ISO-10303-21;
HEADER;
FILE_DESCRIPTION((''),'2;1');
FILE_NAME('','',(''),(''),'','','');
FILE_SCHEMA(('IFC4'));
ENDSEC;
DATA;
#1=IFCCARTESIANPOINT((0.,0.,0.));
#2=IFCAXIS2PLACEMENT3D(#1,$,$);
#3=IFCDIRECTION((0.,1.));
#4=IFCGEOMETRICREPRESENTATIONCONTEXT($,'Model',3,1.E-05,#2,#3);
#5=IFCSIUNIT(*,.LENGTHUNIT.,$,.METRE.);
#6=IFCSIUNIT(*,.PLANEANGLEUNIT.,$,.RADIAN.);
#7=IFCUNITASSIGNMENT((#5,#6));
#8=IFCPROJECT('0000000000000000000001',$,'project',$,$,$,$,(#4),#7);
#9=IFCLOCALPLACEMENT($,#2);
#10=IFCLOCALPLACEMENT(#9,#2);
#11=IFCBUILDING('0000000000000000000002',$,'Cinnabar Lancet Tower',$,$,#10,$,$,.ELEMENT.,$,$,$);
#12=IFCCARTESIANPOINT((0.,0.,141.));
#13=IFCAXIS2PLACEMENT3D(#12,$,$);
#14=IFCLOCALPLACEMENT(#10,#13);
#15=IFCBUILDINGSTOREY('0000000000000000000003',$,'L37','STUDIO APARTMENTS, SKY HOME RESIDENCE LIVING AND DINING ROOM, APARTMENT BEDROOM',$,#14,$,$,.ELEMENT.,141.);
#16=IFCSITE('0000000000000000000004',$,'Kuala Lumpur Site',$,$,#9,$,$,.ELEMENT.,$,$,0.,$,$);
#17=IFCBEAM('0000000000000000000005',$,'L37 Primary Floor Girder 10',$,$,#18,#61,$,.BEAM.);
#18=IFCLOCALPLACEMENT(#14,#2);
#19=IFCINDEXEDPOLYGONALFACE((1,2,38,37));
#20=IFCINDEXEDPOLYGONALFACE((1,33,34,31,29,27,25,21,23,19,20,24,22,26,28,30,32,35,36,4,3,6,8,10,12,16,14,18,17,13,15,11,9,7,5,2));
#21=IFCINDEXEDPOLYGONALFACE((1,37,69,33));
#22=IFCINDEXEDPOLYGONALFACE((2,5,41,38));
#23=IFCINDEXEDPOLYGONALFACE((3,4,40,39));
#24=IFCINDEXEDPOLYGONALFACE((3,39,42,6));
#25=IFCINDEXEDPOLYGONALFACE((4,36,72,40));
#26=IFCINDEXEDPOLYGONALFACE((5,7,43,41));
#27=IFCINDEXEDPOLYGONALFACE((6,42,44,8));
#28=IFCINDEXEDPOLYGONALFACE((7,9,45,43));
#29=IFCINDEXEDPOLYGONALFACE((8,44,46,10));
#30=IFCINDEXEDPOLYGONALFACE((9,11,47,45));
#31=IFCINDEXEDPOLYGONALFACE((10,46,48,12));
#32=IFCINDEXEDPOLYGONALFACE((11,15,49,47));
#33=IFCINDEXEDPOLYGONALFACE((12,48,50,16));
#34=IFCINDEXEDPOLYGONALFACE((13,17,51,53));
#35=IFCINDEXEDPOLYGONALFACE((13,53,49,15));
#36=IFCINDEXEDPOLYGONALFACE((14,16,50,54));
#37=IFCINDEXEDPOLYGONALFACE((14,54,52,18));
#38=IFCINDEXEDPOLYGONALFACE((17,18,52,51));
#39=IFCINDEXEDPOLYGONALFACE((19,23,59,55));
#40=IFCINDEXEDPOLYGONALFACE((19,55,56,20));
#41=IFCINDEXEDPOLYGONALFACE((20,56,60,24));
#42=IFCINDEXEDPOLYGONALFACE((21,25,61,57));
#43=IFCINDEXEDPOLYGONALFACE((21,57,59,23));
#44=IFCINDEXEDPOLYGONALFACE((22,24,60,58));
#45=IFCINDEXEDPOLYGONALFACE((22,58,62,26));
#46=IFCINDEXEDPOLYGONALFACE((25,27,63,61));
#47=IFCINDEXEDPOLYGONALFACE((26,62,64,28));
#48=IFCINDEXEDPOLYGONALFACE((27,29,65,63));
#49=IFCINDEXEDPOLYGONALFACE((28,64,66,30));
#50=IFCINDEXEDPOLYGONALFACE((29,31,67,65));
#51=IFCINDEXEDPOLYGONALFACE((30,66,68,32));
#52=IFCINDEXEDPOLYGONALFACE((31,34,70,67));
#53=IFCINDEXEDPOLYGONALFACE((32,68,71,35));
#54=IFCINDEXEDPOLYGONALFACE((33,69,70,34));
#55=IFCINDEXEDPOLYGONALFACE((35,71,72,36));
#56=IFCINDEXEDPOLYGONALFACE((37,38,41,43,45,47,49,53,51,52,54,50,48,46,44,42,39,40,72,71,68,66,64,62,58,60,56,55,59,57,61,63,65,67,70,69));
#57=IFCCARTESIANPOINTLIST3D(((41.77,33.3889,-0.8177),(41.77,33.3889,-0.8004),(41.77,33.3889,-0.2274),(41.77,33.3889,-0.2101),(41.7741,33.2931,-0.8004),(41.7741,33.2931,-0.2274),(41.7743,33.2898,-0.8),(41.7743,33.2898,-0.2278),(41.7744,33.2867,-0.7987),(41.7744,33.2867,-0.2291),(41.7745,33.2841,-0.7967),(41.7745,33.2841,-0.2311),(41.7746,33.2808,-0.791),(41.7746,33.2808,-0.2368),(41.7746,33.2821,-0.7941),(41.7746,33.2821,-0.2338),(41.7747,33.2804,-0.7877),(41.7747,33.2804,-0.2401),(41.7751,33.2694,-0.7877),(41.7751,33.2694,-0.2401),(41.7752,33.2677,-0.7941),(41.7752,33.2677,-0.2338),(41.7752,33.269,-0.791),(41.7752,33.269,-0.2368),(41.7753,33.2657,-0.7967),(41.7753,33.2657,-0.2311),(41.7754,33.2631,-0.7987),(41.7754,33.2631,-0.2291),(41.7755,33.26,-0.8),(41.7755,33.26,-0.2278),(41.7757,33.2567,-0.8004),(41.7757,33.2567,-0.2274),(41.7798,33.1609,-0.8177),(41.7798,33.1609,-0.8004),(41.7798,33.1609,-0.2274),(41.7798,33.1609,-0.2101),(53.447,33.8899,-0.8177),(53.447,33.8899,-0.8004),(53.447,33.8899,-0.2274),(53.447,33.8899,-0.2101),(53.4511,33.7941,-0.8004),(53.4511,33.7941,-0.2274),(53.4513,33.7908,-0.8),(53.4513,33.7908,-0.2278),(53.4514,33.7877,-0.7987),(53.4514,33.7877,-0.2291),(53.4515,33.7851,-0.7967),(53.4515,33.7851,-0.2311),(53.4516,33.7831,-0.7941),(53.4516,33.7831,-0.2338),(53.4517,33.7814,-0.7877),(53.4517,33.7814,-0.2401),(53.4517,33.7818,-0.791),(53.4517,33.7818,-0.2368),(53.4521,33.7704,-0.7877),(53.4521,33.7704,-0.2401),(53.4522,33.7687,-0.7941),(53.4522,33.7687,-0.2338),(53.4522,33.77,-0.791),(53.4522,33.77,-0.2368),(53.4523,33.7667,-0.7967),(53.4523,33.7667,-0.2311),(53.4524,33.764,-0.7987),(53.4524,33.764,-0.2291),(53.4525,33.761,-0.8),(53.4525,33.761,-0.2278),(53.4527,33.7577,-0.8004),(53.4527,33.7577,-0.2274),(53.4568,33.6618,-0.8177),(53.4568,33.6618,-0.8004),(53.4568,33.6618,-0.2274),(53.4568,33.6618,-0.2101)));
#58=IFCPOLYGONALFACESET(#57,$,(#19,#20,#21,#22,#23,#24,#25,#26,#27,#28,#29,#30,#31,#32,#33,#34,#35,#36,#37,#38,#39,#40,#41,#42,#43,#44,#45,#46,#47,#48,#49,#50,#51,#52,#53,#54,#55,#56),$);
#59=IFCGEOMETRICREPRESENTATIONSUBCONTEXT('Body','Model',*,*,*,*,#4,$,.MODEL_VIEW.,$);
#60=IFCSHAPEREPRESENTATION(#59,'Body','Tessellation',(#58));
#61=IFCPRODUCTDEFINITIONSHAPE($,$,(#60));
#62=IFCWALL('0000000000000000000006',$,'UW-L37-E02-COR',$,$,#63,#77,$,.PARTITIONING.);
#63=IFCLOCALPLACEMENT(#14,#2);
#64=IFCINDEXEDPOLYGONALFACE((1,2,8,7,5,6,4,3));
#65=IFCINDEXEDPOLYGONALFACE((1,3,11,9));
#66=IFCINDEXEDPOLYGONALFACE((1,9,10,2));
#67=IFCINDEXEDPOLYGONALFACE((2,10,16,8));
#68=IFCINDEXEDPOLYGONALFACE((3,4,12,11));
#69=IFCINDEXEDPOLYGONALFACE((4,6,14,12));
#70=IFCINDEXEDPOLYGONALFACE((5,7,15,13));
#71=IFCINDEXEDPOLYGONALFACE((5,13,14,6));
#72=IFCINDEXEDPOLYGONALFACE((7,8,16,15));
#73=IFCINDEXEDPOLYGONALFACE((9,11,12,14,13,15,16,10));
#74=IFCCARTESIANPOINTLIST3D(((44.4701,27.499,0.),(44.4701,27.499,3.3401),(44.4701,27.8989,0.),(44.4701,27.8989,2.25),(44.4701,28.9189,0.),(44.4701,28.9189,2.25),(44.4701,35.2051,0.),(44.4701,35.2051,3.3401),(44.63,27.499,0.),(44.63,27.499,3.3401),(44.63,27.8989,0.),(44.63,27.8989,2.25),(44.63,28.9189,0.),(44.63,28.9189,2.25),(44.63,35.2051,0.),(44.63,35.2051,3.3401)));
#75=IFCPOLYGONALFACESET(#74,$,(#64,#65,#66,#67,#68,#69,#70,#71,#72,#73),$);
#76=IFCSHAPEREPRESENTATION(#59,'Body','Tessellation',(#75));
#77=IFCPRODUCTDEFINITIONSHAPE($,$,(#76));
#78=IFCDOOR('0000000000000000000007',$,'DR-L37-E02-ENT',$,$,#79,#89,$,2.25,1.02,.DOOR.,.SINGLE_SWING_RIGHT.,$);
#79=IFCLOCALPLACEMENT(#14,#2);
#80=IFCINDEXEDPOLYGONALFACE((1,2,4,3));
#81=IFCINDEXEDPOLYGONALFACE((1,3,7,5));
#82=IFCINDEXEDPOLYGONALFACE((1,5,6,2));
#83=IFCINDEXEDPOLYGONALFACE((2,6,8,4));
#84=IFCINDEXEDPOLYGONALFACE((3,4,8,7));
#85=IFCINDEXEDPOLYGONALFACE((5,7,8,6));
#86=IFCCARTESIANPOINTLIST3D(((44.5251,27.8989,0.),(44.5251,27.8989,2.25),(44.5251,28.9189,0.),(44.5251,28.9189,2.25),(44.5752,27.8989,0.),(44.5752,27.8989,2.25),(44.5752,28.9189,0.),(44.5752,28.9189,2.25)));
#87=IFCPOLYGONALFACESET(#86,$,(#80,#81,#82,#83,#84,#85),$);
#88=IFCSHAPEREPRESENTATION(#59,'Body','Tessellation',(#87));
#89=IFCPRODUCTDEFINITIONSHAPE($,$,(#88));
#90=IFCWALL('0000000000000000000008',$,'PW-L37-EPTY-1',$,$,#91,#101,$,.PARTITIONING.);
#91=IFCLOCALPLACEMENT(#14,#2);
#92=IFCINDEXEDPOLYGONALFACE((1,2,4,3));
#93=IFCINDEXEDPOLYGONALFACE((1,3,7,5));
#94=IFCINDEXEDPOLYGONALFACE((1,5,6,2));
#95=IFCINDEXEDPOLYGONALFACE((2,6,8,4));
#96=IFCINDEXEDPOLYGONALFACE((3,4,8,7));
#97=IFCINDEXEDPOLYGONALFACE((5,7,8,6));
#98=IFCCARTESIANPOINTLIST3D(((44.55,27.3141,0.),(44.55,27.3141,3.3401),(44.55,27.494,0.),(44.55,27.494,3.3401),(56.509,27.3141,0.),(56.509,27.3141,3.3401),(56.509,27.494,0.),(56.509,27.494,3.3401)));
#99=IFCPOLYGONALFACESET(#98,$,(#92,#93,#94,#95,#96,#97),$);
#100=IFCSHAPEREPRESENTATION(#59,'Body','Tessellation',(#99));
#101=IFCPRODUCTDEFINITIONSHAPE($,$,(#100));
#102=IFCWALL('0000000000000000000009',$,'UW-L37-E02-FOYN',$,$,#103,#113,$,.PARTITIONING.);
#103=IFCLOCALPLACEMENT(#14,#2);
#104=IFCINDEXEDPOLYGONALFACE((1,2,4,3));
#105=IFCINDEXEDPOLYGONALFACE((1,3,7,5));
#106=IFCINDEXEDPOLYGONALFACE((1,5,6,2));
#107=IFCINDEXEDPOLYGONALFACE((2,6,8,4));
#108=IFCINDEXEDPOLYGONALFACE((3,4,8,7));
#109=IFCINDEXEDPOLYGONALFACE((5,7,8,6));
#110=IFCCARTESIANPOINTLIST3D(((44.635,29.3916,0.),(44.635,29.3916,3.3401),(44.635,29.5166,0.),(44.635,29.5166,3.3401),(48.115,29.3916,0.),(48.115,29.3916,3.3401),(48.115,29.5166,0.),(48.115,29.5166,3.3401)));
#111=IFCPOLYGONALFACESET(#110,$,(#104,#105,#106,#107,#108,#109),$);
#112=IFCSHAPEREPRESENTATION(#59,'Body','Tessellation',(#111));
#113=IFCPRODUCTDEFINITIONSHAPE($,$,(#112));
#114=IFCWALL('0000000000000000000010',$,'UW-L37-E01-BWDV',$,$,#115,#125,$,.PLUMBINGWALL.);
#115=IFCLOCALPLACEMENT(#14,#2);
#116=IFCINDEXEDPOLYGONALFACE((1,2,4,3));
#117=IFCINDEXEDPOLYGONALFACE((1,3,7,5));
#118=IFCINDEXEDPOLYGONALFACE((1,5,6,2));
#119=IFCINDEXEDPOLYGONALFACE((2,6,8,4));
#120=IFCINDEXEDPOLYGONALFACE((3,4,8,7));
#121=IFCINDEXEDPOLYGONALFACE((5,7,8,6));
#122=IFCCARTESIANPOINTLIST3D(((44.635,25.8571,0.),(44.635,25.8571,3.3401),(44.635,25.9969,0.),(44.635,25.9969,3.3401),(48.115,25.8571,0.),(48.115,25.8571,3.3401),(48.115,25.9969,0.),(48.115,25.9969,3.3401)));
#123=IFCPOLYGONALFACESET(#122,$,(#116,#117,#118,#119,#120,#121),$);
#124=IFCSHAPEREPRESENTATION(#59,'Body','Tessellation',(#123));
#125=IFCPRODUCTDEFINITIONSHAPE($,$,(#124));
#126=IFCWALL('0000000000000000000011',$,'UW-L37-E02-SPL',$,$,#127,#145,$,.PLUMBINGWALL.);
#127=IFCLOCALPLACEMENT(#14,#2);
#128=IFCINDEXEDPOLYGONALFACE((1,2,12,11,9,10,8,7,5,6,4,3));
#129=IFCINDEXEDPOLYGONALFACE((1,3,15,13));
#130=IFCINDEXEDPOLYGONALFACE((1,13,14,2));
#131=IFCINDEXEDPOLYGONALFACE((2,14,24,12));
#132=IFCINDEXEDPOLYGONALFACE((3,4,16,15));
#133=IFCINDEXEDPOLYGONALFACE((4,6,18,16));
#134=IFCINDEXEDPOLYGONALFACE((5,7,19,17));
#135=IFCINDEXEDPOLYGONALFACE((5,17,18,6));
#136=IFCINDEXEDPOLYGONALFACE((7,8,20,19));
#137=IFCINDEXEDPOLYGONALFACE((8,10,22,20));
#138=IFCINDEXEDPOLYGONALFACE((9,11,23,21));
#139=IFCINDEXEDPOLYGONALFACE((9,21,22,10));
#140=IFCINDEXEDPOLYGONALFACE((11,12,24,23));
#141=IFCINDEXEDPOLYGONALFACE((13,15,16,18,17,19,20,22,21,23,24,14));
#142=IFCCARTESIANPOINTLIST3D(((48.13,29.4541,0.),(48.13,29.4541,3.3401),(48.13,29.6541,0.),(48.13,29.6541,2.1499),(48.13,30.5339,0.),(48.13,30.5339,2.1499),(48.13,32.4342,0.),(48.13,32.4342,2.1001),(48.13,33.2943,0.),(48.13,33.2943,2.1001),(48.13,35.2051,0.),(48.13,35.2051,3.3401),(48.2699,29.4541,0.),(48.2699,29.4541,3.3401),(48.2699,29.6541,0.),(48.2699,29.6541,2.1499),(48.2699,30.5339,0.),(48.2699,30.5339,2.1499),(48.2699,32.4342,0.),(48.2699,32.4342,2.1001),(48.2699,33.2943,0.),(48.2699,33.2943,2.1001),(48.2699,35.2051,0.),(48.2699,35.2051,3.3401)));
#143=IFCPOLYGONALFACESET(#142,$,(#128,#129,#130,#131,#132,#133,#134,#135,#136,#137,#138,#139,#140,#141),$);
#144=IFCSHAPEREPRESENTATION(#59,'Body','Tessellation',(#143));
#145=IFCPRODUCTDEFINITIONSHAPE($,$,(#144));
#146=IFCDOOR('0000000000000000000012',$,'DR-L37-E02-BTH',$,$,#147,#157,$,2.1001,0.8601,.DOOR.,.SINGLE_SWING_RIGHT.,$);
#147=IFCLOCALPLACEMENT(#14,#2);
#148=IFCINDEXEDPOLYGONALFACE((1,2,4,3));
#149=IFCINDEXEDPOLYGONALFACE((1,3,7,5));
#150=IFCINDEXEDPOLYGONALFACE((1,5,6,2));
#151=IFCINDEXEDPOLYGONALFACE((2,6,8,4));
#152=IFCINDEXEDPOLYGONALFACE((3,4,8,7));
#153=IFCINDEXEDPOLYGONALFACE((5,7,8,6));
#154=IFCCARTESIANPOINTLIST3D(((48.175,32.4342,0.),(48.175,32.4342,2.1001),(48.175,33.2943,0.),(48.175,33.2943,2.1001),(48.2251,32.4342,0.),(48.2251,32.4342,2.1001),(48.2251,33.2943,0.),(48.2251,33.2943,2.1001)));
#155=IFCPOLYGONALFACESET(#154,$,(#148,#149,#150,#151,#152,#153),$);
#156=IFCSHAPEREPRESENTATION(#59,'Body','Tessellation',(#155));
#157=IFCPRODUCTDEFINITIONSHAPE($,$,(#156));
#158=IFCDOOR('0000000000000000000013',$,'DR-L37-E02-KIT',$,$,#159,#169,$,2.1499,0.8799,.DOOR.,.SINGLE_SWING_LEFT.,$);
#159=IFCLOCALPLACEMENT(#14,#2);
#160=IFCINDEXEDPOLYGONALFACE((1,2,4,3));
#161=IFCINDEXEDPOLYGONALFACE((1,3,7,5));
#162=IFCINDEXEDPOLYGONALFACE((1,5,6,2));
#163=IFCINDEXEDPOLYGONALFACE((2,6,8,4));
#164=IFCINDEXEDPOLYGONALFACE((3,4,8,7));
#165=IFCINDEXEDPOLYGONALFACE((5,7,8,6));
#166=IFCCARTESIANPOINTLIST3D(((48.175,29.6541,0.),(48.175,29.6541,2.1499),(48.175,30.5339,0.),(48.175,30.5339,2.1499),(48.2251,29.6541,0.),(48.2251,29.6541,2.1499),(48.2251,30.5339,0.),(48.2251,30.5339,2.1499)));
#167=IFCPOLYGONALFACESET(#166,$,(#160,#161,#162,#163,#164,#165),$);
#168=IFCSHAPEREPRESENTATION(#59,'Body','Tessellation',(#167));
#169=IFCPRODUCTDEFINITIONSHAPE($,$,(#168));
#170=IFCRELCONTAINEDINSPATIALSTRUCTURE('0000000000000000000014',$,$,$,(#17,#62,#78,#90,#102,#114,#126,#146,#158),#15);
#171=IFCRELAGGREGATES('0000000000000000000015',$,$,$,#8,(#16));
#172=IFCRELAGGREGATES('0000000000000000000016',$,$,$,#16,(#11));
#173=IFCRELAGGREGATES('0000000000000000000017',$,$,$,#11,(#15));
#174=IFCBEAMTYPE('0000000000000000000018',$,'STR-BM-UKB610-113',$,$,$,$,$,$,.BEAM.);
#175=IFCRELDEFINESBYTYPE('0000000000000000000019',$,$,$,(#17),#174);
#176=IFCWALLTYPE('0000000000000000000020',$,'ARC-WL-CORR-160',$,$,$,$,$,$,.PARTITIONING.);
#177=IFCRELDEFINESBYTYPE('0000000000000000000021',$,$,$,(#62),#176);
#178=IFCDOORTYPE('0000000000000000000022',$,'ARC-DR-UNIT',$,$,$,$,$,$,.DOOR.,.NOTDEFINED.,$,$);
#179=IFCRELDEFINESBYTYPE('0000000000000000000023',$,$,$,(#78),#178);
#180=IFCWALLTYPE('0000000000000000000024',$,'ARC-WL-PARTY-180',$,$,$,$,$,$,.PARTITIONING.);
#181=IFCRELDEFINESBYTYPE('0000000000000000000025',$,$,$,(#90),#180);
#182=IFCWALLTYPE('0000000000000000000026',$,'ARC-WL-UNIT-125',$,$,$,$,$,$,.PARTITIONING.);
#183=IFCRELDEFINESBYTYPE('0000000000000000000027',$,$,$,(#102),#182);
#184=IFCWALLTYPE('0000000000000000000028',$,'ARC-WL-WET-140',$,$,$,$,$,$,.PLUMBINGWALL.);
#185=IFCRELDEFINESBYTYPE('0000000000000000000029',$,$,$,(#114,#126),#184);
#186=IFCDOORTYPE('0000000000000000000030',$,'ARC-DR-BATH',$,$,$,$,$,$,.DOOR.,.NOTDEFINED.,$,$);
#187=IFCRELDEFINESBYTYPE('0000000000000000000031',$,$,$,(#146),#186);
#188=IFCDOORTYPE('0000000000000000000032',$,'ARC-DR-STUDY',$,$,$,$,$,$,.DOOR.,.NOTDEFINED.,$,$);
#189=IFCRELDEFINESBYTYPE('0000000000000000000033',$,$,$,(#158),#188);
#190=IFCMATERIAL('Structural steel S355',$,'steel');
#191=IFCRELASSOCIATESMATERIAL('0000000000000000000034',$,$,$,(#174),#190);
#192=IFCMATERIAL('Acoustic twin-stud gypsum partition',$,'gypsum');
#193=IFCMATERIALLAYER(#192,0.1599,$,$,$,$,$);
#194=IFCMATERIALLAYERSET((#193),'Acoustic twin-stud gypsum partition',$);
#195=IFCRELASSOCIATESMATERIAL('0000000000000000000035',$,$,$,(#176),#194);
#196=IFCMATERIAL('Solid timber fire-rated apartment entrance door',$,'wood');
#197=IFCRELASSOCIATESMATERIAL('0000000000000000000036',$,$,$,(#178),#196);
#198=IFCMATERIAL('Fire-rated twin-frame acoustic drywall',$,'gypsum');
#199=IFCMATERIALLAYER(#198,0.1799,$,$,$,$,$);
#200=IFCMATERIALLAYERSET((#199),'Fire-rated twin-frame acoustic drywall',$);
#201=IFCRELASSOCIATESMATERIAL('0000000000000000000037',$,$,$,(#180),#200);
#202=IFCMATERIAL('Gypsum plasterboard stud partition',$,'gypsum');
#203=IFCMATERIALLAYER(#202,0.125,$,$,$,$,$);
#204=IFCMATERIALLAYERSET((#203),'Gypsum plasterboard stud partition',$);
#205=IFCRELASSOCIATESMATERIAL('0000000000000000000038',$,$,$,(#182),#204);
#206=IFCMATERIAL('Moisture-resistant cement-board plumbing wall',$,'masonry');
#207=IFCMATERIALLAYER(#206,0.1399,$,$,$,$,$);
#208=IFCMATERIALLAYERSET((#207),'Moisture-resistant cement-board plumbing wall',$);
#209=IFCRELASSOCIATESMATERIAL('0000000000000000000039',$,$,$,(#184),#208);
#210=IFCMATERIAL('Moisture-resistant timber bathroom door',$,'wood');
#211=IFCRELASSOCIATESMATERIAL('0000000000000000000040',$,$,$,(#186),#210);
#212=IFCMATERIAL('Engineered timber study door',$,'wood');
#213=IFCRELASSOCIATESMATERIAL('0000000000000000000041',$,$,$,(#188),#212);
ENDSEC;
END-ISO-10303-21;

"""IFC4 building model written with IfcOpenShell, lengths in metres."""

from ifc_helpers import new_model, si_unit, direction, frame, frame_2d, origin, origin_2d, place, context, subcontext, project, spatial, rectangle, i_section, extrude, material, layer, layer_set, material_profile, profile_set, type_object, element, fill, save


model = new_model("IFC4")

# Units and contexts
model_context = context("Model", 3, precision=1e-05, world=origin(), true_north=direction((0.0, 1.0)))
body_context = subcontext(model_context, "Body", "Model", "MODEL_VIEW")
ifc_project = project(units=[si_unit("LENGTHUNIT", "METRE"), si_unit("PLANEANGLEUNIT", "RADIAN")], contexts=[model_context])

# Site, building, storey
site_placement = place(None, origin())
site = spatial("IfcSite", under=ifc_project, at=site_placement, Name="Kuala Lumpur Site", CompositionType="ELEMENT", RefElevation=0.0)
building_placement = place(site_placement, origin())
building = spatial("IfcBuilding", under=site, at=building_placement, Name="Cinnabar Lancet Tower", CompositionType="ELEMENT")
storey_placement = place(building_placement, frame((0.0, 0.0, 141.0)))
storey = spatial("IfcBuildingStorey", under=building, at=storey_placement, Name="L37", Description="STUDIO APARTMENTS, SKY HOME RESIDENCE LIVING AND DINING ROOM, APARTMENT BEDROOM", CompositionType="ELEMENT", Elevation=141.0)

# Beam
ifc_material_1 = material(Name="Structural steel S355", Category="steel")
ifc_material_profile_1 = material_profile(ifc_material_1, i_section(OverallWidth=0.2283, OverallDepth=0.6077, WebThickness=0.011, FlangeThickness=0.0173, FilletRadius=0.0127, at=origin_2d()), Name="UKB 610x229x113")
ifc_profile_set_1 = profile_set([ifc_material_profile_1], Name="Structural steel S355")
beam_type_1 = type_object("IfcBeamType", Name="STR-BM-UKB610-113", PredefinedType="BEAM", material=ifc_profile_set_1)
beam_1_placement = place(storey_placement, frame((53.4519, 33.7759, -0.5139), z_axis=(-0.999081, -0.042863, 0.0), x_axis=(0.042863, -0.999081, 0.0)))
element("IfcBeam", 1, at=beam_1_placement, inside=storey, type_object=beam_type_1, Name="L37 Primary Floor Girder 10", PredefinedType="BEAM", context=body_context, shape_type="SweptSolid", body=[
    extrude(i_section(OverallWidth=0.2283, OverallDepth=0.6077, WebThickness=0.011, FlangeThickness=0.0173, FilletRadius=0.0127, at=origin_2d()), origin(), (0.0, 0.0, 1.0), 11.6877),
])

# Wall, opening, door
ifc_material_2 = material(Name="Acoustic twin-stud gypsum partition", Category="gypsum")
ifc_layer_1 = layer(ifc_material_2, 0.1599)
ifc_layer_set_1 = layer_set([ifc_layer_1], Name="Acoustic twin-stud gypsum partition")
wall_type_1 = type_object("IfcWallType", Name="ARC-WL-CORR-160", PredefinedType="PARTITIONING", material=ifc_layer_set_1)
wall_1_placement = place(storey_placement, frame((44.55, 27.499, 0.0), z_axis=(0.0, 0.0, 1.0), x_axis=(0.0, 1.0, 0.0)))
wall_1 = element("IfcWall", 2, at=wall_1_placement, inside=storey, type_object=wall_type_1, Name="UW-L37-E02-COR", PredefinedType="PARTITIONING", context=body_context, shape_type="SweptSolid", body=[
    extrude(rectangle(XDim=7.7061, YDim=0.1599, at=frame_2d((3.853, 0.0))), origin(), (0.0, 0.0, 1.0), 3.3401),
])
opening_1_placement = place(wall_1_placement, frame((0.3999, 0.0, 0.0)))
opening_1 = element("IfcOpeningElement", 3, at=opening_1_placement, cuts=wall_1, PredefinedType="OPENING", context=body_context, shape_type="SweptSolid", body=[
    extrude(rectangle(XDim=1.02, YDim=2.25, at=frame_2d((0.51, 1.125))), frame((0.0, 0.0898, 0.0), z_axis=(0.0, -1.0, 0.0), x_axis=(1.0, 0.0, 0.0)), (0.0, 0.0, 1.0), 0.1799),
])
ifc_material_3 = material(Name="Solid timber fire-rated apartment entrance door", Category="wood")
door_type_1 = type_object("IfcDoorType", Name="ARC-DR-UNIT", OperationType="NOTDEFINED", PredefinedType="DOOR", material=ifc_material_3)
door_1_placement = place(opening_1_placement, origin())
door_1 = element("IfcDoor", 4, at=door_1_placement, inside=storey, type_object=door_type_1, Name="DR-L37-E02-ENT", OperationType="SINGLE_SWING_RIGHT", OverallHeight=2.25, OverallWidth=1.02, PredefinedType="DOOR", context=body_context, shape_type="SweptSolid", body=[
    extrude(rectangle(XDim=1.02, YDim=2.25, at=frame_2d((0.51, 1.125))), frame((0.0, 0.0249, 0.0), z_axis=(0.0, -1.0, 0.0), x_axis=(1.0, 0.0, 0.0)), (0.0, 0.0, 1.0), 0.05),
])
fill(opening_1, door_1)

# Walls
ifc_material_4 = material(Name="Fire-rated twin-frame acoustic drywall", Category="gypsum")
ifc_layer_2 = layer(ifc_material_4, 0.1799)
ifc_layer_set_2 = layer_set([ifc_layer_2], Name="Fire-rated twin-frame acoustic drywall")
wall_type_2 = type_object("IfcWallType", Name="ARC-WL-PARTY-180", PredefinedType="PARTITIONING", material=ifc_layer_set_2)
wall_2_placement = place(storey_placement, frame((44.55, 27.4041, 0.0), z_axis=(0.0, 0.0, 1.0), x_axis=(1.0, 0.0, 0.0)))
element("IfcWall", 5, at=wall_2_placement, inside=storey, type_object=wall_type_2, Name="PW-L37-EPTY-1", PredefinedType="PARTITIONING", context=body_context, shape_type="SweptSolid", body=[
    extrude(rectangle(XDim=11.959, YDim=0.1799, at=frame_2d((5.9795, 0.0))), origin(), (0.0, 0.0, 1.0), 3.3401),
])
ifc_material_5 = material(Name="Gypsum plasterboard stud partition", Category="gypsum")
ifc_layer_3 = layer(ifc_material_5, 0.125)
ifc_layer_set_3 = layer_set([ifc_layer_3], Name="Gypsum plasterboard stud partition")
wall_type_3 = type_object("IfcWallType", Name="ARC-WL-UNIT-125", PredefinedType="PARTITIONING", material=ifc_layer_set_3)
wall_3_placement = place(storey_placement, frame((44.635, 29.4541, 0.0), z_axis=(0.0, 0.0, 1.0), x_axis=(1.0, 0.0, 0.0)))
element("IfcWall", 6, at=wall_3_placement, inside=storey, type_object=wall_type_3, Name="UW-L37-E02-FOYN", PredefinedType="PARTITIONING", context=body_context, shape_type="SweptSolid", body=[
    extrude(rectangle(XDim=3.48, YDim=0.125, at=frame_2d((1.74, 0.0))), origin(), (0.0, 0.0, 1.0), 3.3401),
])
ifc_material_6 = material(Name="Moisture-resistant cement-board plumbing wall", Category="masonry")
ifc_layer_4 = layer(ifc_material_6, 0.1399)
ifc_layer_set_4 = layer_set([ifc_layer_4], Name="Moisture-resistant cement-board plumbing wall")
wall_type_4 = type_object("IfcWallType", Name="ARC-WL-WET-140", PredefinedType="PLUMBINGWALL", material=ifc_layer_set_4)
wall_4_placement = place(storey_placement, frame((44.635, 25.927, 0.0), z_axis=(0.0, 0.0, 1.0), x_axis=(1.0, 0.0, 0.0)))
element("IfcWall", 7, at=wall_4_placement, inside=storey, type_object=wall_type_4, Name="UW-L37-E01-BWDV", PredefinedType="PLUMBINGWALL", context=body_context, shape_type="SweptSolid", body=[
    extrude(rectangle(XDim=3.48, YDim=0.1399, at=frame_2d((1.74, 0.0))), origin(), (0.0, 0.0, 1.0), 3.3401),
])

# Wall, openings, doors
wall_5_placement = place(storey_placement, frame((48.2, 29.4541, 0.0), z_axis=(0.0, 0.0, 1.0), x_axis=(0.0, 1.0, 0.0)))
wall_5 = element("IfcWall", 8, at=wall_5_placement, inside=storey, type_object=wall_type_4, Name="UW-L37-E02-SPL", PredefinedType="PLUMBINGWALL", context=body_context, shape_type="SweptSolid", body=[
    extrude(rectangle(XDim=5.751, YDim=0.1399, at=frame_2d((2.8755, 0.0))), origin(), (0.0, 0.0, 1.0), 3.3401),
])
opening_2_placement = place(wall_5_placement, frame((2.98, 0.0, 0.0)))
opening_2 = element("IfcOpeningElement", 9, at=opening_2_placement, cuts=wall_5, PredefinedType="OPENING", context=body_context, shape_type="SweptSolid", body=[
    extrude(rectangle(XDim=0.8601, YDim=2.1001, at=frame_2d((0.4302, 1.05))), frame((0.0, 0.0798, 0.0), z_axis=(0.0, -1.0, 0.0), x_axis=(1.0, 0.0, 0.0)), (0.0, 0.0, 1.0), 0.1599),
])
opening_3_placement = place(wall_5_placement, frame((0.2, 0.0, 0.0)))
opening_3 = element("IfcOpeningElement", 10, at=opening_3_placement, cuts=wall_5, PredefinedType="OPENING", context=body_context, shape_type="SweptSolid", body=[
    extrude(rectangle(XDim=0.8799, YDim=2.1499, at=frame_2d((0.4399, 1.075))), frame((0.0, 0.0798, 0.0), z_axis=(0.0, -1.0, 0.0), x_axis=(1.0, 0.0, 0.0)), (0.0, 0.0, 1.0), 0.1599),
])
ifc_material_7 = material(Name="Moisture-resistant timber bathroom door", Category="wood")
door_type_2 = type_object("IfcDoorType", Name="ARC-DR-BATH", OperationType="NOTDEFINED", PredefinedType="DOOR", material=ifc_material_7)
door_2_placement = place(opening_2_placement, origin())
door_2 = element("IfcDoor", 11, at=door_2_placement, inside=storey, type_object=door_type_2, Name="DR-L37-E02-BTH", OperationType="SINGLE_SWING_RIGHT", OverallHeight=2.1001, OverallWidth=0.8601, PredefinedType="DOOR", context=body_context, shape_type="SweptSolid", body=[
    extrude(rectangle(XDim=0.8601, YDim=2.1001, at=frame_2d((0.4302, 1.05))), frame((0.0, 0.0249, 0.0), z_axis=(0.0, -1.0, 0.0), x_axis=(1.0, 0.0, 0.0)), (0.0, 0.0, 1.0), 0.05),
])
fill(opening_2, door_2)
ifc_material_8 = material(Name="Engineered timber study door", Category="wood")
door_type_3 = type_object("IfcDoorType", Name="ARC-DR-STUDY", OperationType="NOTDEFINED", PredefinedType="DOOR", material=ifc_material_8)
door_3_placement = place(opening_3_placement, origin())
door_3 = element("IfcDoor", 12, at=door_3_placement, inside=storey, type_object=door_type_3, Name="DR-L37-E02-KIT", OperationType="SINGLE_SWING_LEFT", OverallHeight=2.1499, OverallWidth=0.8799, PredefinedType="DOOR", context=body_context, shape_type="SweptSolid", body=[
    extrude(rectangle(XDim=0.8799, YDim=2.1499, at=frame_2d((0.4399, 1.075))), frame((0.0, 0.0249, 0.0), z_axis=(0.0, -1.0, 0.0), x_axis=(1.0, 0.0, 0.0)), (0.0, 0.0, 1.0), 0.05),
])
fill(opening_3, door_3)

save(model, "model.ifc")
